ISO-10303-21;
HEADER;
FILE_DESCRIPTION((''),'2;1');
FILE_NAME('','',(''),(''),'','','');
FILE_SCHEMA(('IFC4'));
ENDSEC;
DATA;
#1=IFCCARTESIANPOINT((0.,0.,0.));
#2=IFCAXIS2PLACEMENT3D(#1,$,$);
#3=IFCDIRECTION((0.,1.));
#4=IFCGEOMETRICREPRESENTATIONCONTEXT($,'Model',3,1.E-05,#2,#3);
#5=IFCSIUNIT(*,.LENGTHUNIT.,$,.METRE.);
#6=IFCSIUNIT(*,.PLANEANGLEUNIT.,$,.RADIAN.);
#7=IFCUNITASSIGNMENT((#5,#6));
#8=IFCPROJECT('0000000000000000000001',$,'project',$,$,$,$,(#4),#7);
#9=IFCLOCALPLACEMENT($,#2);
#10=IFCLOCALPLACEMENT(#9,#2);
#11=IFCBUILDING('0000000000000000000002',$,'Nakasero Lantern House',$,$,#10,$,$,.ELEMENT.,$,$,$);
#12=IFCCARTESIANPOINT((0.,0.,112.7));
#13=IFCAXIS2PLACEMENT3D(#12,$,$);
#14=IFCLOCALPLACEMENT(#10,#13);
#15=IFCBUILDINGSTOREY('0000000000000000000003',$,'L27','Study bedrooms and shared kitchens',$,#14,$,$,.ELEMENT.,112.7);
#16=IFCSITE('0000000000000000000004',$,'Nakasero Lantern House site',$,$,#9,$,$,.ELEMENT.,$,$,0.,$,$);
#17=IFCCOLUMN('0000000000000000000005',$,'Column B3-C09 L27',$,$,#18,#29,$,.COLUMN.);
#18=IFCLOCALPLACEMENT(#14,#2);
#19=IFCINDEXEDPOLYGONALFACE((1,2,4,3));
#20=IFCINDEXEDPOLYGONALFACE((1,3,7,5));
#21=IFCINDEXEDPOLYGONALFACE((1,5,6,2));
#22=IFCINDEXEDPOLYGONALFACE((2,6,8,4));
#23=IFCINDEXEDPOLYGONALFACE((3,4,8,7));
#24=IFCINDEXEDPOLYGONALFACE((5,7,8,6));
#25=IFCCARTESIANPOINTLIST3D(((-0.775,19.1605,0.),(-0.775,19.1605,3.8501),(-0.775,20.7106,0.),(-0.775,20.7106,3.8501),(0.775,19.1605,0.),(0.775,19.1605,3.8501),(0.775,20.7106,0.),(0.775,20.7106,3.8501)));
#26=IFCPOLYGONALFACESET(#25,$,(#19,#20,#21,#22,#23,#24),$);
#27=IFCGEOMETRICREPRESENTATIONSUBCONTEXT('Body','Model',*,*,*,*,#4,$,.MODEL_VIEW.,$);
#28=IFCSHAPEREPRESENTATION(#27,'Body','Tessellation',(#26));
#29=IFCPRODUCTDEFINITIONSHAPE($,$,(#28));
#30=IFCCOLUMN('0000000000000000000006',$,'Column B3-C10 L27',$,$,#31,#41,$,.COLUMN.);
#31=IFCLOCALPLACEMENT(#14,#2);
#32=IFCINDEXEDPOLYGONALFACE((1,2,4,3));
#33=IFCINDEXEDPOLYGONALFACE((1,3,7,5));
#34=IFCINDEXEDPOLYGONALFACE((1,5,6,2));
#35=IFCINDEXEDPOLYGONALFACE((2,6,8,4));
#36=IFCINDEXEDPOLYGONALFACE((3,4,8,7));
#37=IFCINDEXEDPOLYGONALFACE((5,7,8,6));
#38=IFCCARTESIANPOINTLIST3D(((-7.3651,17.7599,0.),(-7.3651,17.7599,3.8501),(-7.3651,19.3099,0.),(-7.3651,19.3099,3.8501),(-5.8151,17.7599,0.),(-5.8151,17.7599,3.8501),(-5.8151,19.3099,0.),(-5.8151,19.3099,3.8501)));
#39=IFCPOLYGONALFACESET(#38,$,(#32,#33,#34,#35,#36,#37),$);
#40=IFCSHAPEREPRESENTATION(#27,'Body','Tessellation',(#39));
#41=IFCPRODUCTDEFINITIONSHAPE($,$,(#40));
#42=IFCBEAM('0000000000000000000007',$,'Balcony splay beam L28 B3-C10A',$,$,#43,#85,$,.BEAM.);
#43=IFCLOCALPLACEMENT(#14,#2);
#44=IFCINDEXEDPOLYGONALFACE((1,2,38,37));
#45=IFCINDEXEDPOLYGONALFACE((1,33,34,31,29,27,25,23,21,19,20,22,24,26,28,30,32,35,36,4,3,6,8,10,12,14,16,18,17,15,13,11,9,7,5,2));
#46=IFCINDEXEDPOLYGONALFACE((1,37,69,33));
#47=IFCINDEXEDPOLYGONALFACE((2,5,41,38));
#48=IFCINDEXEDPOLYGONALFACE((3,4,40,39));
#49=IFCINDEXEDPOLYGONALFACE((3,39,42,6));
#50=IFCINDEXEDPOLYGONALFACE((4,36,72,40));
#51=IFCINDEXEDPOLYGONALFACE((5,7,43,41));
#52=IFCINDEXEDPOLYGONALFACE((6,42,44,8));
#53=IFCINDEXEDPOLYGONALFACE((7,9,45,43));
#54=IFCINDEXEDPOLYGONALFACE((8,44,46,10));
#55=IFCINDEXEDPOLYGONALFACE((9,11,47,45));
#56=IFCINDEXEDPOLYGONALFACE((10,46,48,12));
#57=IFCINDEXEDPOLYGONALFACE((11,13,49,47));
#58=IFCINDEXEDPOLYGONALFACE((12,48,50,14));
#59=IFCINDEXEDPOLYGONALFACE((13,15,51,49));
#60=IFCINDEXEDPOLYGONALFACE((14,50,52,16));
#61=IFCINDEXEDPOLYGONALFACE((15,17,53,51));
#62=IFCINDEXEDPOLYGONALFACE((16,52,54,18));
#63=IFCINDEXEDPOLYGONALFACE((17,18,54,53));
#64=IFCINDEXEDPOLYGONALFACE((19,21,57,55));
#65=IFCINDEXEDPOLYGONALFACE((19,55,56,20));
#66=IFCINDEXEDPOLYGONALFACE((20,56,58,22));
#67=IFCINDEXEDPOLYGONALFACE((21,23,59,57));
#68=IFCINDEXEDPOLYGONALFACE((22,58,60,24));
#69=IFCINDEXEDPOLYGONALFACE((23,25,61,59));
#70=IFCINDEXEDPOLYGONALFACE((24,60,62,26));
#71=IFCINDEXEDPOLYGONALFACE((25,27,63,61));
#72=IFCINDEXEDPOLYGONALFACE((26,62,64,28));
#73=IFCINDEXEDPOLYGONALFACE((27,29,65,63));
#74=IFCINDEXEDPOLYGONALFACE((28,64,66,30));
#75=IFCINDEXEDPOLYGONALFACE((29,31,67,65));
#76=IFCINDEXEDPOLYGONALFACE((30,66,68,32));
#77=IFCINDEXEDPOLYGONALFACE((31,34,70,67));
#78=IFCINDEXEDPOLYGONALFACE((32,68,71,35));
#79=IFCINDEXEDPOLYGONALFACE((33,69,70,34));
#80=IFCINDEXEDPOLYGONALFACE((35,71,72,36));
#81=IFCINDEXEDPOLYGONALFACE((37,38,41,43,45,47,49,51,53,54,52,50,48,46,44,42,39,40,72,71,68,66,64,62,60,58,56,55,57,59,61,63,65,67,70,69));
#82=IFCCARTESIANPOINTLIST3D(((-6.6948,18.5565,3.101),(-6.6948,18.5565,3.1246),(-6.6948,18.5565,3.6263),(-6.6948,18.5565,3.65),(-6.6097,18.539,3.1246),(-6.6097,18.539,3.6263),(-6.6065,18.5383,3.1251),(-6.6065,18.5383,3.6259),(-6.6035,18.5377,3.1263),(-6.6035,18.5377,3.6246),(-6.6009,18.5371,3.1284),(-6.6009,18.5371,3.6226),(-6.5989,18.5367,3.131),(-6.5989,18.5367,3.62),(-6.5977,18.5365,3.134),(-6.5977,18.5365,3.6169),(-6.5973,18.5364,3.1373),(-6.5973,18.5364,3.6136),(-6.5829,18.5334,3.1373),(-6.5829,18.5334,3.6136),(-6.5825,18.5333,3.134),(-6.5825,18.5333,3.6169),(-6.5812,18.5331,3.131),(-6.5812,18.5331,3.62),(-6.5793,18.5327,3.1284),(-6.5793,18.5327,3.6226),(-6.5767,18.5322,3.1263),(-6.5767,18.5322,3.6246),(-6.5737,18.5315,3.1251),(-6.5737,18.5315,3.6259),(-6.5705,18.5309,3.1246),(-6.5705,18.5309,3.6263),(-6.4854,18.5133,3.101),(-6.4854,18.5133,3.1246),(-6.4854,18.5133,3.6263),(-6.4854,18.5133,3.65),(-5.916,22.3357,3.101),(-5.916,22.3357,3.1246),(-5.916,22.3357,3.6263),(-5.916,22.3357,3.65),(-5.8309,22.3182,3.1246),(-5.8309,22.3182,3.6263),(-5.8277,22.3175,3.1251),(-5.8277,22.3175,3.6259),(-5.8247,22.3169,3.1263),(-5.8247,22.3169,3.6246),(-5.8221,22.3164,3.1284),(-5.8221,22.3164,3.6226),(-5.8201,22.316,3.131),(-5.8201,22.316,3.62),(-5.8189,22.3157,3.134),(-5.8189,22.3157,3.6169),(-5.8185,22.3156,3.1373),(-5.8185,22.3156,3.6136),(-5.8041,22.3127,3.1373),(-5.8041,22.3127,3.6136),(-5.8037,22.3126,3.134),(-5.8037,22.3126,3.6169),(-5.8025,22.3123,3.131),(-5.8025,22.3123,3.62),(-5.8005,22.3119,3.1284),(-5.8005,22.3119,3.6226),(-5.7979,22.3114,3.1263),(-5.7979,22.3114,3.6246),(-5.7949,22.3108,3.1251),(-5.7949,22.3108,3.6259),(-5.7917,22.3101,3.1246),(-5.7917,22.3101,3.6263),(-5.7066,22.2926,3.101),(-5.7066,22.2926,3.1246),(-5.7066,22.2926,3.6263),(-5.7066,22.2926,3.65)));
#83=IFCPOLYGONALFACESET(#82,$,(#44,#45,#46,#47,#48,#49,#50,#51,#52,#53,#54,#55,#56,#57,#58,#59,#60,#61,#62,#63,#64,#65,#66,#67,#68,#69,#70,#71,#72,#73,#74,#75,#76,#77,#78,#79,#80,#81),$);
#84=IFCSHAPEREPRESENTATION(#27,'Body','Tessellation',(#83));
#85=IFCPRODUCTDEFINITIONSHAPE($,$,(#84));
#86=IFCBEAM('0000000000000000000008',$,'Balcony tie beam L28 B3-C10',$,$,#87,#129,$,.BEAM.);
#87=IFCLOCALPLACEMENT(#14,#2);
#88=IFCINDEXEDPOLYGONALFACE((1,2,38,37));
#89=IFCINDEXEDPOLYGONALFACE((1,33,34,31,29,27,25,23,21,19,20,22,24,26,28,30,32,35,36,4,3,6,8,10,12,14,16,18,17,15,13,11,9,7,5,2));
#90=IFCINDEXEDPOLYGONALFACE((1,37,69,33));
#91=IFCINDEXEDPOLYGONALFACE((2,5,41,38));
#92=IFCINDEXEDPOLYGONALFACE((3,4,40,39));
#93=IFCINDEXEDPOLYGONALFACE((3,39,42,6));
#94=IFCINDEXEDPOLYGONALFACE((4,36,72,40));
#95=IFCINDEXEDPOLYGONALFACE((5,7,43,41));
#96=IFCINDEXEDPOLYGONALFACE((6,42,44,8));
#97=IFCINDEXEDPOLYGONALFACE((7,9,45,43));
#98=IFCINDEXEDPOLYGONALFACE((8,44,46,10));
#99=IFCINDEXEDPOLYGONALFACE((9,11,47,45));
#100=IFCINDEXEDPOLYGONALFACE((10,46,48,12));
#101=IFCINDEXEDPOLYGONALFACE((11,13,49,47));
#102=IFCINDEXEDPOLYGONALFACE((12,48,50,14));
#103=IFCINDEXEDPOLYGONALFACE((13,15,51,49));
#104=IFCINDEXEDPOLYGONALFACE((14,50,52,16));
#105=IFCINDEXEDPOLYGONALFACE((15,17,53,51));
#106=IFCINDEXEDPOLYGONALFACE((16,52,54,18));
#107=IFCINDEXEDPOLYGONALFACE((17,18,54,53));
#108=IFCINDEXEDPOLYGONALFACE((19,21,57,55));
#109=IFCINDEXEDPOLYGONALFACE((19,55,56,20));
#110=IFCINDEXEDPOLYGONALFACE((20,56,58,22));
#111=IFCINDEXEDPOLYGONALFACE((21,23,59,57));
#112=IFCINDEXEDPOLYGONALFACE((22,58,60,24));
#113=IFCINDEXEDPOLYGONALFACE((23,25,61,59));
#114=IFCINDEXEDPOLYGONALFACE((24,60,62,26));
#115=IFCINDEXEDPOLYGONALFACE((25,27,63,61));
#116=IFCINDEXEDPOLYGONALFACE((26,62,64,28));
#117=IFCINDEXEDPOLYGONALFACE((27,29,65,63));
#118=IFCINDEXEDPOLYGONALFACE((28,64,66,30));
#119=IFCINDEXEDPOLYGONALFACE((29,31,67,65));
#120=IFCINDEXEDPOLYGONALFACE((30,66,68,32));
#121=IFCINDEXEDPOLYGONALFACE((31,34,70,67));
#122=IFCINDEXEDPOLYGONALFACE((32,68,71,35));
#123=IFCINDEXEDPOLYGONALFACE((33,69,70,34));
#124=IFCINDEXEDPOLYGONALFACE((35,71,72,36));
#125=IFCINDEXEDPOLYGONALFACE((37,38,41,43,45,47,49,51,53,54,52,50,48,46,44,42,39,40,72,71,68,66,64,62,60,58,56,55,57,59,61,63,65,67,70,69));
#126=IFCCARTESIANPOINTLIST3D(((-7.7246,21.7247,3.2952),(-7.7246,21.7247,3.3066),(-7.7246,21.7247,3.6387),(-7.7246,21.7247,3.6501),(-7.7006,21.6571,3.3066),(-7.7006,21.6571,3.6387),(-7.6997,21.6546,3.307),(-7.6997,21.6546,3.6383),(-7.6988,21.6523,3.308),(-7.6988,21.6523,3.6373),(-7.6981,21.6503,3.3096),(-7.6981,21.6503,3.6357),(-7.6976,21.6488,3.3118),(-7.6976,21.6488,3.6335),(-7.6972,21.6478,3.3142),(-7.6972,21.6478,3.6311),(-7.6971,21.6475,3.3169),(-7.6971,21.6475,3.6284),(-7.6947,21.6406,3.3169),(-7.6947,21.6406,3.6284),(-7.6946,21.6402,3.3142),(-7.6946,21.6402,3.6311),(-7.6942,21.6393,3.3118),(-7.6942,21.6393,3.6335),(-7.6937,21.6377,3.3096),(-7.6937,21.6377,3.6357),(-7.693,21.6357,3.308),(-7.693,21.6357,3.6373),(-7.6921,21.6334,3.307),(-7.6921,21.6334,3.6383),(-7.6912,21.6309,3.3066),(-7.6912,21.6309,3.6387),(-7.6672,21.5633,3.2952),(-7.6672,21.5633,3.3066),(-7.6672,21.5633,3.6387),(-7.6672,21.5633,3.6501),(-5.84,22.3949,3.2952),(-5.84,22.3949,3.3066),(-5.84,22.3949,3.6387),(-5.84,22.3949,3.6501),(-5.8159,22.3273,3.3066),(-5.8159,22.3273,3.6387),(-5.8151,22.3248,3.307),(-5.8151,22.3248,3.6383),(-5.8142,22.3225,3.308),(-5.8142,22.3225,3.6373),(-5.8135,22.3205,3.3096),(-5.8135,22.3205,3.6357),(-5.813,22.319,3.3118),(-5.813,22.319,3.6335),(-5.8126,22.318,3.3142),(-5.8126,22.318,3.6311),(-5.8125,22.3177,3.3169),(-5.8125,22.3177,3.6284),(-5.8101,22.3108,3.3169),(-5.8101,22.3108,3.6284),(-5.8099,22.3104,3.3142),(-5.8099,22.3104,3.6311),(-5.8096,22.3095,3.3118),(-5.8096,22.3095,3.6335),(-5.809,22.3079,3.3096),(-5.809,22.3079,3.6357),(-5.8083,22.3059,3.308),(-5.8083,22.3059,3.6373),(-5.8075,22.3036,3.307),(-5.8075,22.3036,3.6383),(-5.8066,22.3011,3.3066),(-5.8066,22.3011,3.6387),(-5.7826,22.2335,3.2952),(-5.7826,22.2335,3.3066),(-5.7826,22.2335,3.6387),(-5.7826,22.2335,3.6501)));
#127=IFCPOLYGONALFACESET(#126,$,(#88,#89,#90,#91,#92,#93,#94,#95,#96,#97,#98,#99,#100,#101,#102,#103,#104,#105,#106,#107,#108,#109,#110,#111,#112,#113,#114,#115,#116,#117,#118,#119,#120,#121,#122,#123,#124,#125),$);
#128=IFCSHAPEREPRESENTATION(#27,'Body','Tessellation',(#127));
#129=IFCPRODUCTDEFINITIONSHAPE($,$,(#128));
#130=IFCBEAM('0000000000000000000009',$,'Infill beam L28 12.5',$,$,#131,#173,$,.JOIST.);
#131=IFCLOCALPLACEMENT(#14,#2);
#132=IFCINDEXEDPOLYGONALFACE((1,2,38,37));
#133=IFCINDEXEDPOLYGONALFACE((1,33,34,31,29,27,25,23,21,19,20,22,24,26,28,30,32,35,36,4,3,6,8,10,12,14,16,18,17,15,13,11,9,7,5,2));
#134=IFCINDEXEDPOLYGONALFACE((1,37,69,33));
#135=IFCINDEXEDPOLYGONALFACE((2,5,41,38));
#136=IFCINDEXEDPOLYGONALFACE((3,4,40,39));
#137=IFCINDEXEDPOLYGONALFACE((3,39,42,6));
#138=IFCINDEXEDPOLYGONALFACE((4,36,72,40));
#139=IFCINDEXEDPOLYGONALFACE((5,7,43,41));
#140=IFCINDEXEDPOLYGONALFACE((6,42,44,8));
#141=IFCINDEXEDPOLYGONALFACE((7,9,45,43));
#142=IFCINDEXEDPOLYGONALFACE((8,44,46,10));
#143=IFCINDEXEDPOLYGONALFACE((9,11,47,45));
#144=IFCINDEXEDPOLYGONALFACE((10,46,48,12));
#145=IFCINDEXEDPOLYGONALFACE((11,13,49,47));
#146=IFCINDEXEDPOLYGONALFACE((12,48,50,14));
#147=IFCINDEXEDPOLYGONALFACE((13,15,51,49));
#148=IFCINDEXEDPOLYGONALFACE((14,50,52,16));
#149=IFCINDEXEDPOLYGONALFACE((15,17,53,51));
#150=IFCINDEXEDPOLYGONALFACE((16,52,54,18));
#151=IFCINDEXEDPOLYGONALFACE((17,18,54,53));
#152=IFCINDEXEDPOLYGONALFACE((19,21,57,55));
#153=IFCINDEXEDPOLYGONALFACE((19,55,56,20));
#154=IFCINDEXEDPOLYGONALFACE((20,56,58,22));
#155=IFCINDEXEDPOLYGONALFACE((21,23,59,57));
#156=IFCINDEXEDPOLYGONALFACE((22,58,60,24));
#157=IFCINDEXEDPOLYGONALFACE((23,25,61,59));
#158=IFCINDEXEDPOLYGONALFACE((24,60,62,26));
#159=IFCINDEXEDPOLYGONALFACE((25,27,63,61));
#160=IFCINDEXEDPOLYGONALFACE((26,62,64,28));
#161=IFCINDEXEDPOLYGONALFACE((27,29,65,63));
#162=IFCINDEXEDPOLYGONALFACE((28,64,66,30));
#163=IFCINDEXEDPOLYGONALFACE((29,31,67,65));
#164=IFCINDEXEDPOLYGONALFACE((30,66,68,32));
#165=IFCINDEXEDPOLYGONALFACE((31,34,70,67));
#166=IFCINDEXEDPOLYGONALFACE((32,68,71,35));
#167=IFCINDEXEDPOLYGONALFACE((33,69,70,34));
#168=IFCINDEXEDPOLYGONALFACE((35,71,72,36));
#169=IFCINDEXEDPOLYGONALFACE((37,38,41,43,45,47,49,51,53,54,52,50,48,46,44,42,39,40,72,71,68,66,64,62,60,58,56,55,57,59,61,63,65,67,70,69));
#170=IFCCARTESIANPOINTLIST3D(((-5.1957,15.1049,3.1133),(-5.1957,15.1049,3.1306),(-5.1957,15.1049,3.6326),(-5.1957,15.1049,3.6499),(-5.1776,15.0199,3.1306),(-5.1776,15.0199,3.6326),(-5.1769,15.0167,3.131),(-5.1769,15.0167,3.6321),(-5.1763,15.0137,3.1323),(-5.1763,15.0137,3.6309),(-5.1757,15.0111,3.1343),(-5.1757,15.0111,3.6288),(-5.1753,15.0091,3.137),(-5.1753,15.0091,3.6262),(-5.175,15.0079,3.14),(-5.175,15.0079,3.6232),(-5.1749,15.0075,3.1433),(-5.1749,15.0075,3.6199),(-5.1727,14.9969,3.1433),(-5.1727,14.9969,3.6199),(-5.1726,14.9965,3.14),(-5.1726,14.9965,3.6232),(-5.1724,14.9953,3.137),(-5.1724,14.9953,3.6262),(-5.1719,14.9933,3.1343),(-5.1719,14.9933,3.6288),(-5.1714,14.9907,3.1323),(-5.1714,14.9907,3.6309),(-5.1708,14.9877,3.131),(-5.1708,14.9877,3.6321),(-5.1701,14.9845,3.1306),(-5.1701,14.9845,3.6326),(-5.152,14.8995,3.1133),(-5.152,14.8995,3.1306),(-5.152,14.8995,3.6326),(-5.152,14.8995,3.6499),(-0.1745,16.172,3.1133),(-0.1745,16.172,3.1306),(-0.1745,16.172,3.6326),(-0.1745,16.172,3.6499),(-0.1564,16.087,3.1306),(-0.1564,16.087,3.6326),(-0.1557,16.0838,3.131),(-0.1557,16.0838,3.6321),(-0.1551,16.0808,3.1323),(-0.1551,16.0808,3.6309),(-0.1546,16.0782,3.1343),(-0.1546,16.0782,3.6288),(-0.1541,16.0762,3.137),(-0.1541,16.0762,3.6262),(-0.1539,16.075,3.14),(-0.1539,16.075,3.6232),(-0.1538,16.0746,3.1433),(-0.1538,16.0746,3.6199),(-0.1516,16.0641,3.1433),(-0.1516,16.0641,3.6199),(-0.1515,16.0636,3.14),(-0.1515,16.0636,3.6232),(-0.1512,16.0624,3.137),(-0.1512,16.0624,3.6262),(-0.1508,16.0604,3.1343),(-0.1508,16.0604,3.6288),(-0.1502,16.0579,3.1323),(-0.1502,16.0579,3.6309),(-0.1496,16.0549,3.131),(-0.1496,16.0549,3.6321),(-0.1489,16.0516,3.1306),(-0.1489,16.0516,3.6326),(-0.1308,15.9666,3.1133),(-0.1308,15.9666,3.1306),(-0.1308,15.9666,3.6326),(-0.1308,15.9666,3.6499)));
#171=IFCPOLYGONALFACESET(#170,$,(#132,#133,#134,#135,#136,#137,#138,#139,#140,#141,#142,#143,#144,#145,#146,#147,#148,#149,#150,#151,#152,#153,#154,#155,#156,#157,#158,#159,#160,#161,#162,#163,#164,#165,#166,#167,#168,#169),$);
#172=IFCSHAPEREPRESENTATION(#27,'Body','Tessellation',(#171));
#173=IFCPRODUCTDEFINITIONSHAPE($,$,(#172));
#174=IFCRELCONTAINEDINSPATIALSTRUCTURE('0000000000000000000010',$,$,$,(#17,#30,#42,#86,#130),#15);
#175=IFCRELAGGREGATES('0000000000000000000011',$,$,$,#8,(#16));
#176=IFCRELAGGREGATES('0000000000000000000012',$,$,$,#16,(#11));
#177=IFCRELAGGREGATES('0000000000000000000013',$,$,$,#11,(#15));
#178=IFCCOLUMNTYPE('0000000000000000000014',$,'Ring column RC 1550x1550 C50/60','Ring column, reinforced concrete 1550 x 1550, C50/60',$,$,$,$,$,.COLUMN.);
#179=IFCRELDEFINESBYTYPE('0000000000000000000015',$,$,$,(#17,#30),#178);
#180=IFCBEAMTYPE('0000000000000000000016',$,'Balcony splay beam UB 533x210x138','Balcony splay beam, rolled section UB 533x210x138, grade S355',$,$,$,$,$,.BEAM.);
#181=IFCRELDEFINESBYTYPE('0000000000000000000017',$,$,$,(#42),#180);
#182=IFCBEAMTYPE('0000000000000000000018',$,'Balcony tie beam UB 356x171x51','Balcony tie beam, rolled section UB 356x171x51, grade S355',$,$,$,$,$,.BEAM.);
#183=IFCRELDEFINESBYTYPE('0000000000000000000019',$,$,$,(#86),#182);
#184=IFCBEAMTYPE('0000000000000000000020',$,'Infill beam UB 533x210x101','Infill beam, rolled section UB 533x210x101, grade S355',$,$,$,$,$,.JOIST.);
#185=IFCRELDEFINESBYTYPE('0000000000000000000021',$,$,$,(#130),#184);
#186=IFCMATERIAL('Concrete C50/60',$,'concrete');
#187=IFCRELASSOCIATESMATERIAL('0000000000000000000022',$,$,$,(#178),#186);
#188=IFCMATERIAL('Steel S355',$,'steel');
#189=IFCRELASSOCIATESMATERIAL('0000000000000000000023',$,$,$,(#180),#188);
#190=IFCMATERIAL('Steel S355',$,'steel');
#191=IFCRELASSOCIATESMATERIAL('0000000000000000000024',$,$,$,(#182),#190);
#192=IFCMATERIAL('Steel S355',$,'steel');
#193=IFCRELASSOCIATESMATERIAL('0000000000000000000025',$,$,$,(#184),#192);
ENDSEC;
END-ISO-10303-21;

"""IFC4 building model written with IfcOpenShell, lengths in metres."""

from ifc_helpers import new_model, si_unit, direction, frame, origin, origin_2d, place, context, subcontext, project, spatial, rectangle, i_section, extrude, material, material_profile, profile_set, type_object, element, save


model = new_model("IFC4")

# Units and contexts
model_context = context("Model", 3, precision=1e-05, world=origin(), true_north=direction((0.0, 1.0)))
body_context = subcontext(model_context, "Body", "Model", "MODEL_VIEW")
ifc_project = project(units=[si_unit("LENGTHUNIT", "METRE"), si_unit("PLANEANGLEUNIT", "RADIAN")], contexts=[model_context])

# Site, building, storey
site_placement = place(None, origin())
site = spatial("IfcSite", under=ifc_project, at=site_placement, Name="Nakasero Lantern House site", CompositionType="ELEMENT", RefElevation=0.0)
building_placement = place(site_placement, origin())
building = spatial("IfcBuilding", under=site, at=building_placement, Name="Nakasero Lantern House", CompositionType="ELEMENT")
storey_placement = place(building_placement, frame((0.0, 0.0, 112.7)))
storey = spatial("IfcBuildingStorey", under=building, at=storey_placement, Name="L27", Description="Study bedrooms and shared kitchens", CompositionType="ELEMENT", Elevation=112.7)

# Columns
ifc_material_1 = material(Name="Concrete C50/60", Category="concrete")
ifc_material_profile_1 = material_profile(ifc_material_1, rectangle(XDim=1.55, YDim=1.55, at=origin_2d()), Name="RC 1550x1550")
ifc_profile_set_1 = profile_set([ifc_material_profile_1], Name="Concrete C50/60")
column_type = type_object("IfcColumnType", Name="Ring column RC 1550x1550 C50/60", Description="Ring column, reinforced concrete 1550 x 1550, C50/60", PredefinedType="COLUMN", material=ifc_profile_set_1)
for number, where, z_axis, x_axis, name in (
    (1, (0.0, 19.9355, 0.0), (0.0, 0.0, 1.0), (1.0, 0.0, 0.0), "Column B3-C09 L27"),
    (2, (-6.5901, 18.5349, 0.0), (0.0, 0.0, 1.0), (1.0, 0.0, 0.0), "Column B3-C10 L27"),
):
    element("IfcColumn", number, at=place(storey_placement, frame(where, z_axis=z_axis, x_axis=x_axis)), inside=storey, type_object=column_type, Name=name, PredefinedType="COLUMN", context=body_context, shape_type="SweptSolid", body=[
        extrude(rectangle(XDim=1.55, YDim=1.55, at=origin_2d()), origin(), (0.0, 0.0, 1.0), 3.8501),
    ])

# Beams
ifc_material_2 = material(Name="Steel S355", Category="steel")
ifc_material_profile_2 = material_profile(ifc_material_2, i_section(OverallWidth=0.2139, OverallDepth=0.5491, WebThickness=0.0146, FlangeThickness=0.0237, FilletRadius=0.0127, at=origin_2d()), Name="UB 533x210x138")
ifc_profile_set_2 = profile_set([ifc_material_profile_2], Name="Steel S355")
beam_type_1 = type_object("IfcBeamType", Name="Balcony splay beam UB 533x210x138", Description="Balcony splay beam, rolled section UB 533x210x138, grade S355", PredefinedType="BEAM", material=ifc_profile_set_2)
beam_1_placement = place(storey_placement, frame((-6.5901, 18.5349, 3.3755), z_axis=(0.201831, 0.97942, 0.0), x_axis=(-0.97942, 0.201831, 0.0)))
element("IfcBeam", 3, at=beam_1_placement, inside=storey, type_object=beam_type_1, Name="Balcony splay beam L28 B3-C10A", PredefinedType="BEAM", context=body_context, shape_type="SweptSolid", body=[
    extrude(i_section(OverallWidth=0.2139, OverallDepth=0.5491, WebThickness=0.0146, FlangeThickness=0.0237, FilletRadius=0.0127, at=origin_2d()), origin(), (0.0, 0.0, 1.0), 3.8586),
])
ifc_material_3 = material(Name="Steel S355", Category="steel")
ifc_material_profile_3 = material_profile(ifc_material_3, i_section(OverallWidth=0.1714, OverallDepth=0.355, WebThickness=0.0073, FlangeThickness=0.0115, FilletRadius=0.0103, at=origin_2d()), Name="UB 356x171x51")
ifc_profile_set_3 = profile_set([ifc_material_profile_3], Name="Steel S355")
beam_type_2 = type_object("IfcBeamType", Name="Balcony tie beam UB 356x171x51", Description="Balcony tie beam, rolled section UB 356x171x51, grade S355", PredefinedType="BEAM", material=ifc_profile_set_3)
beam_2_placement = place(storey_placement, frame((-5.8113, 22.3142, 3.4727), z_axis=(-0.942197, -0.33506, 0.0), x_axis=(0.33506, -0.942197, 0.0)))
element("IfcBeam", 4, at=beam_2_placement, inside=storey, type_object=beam_type_2, Name="Balcony tie beam L28 B3-C10", PredefinedType="BEAM", context=body_context, shape_type="SweptSolid", body=[
    extrude(i_section(OverallWidth=0.1714, OverallDepth=0.355, WebThickness=0.0073, FlangeThickness=0.0115, FilletRadius=0.0103, at=origin_2d()), origin(), (0.0, 0.0, 1.0), 2.0002),
])
ifc_material_4 = material(Name="Steel S355", Category="steel")
ifc_material_profile_4 = material_profile(ifc_material_4, i_section(OverallWidth=0.21, OverallDepth=0.5366, WebThickness=0.0107, FlangeThickness=0.0173, FilletRadius=0.0127, at=origin_2d()), Name="UB 533x210x101")
ifc_profile_set_4 = profile_set([ifc_material_profile_4], Name="Steel S355")
beam_type_3 = type_object("IfcBeamType", Name="Infill beam UB 533x210x101", Description="Infill beam, rolled section UB 533x210x101, grade S355", PredefinedType="JOIST", material=ifc_profile_set_4)
beam_3_placement = place(storey_placement, frame((-5.1738, 15.0022, 3.3816), z_axis=(0.978154, 0.207882, 0.0), x_axis=(-0.207882, 0.978154, 0.0)))
element("IfcBeam", 5, at=beam_3_placement, inside=storey, type_object=beam_type_3, Name="Infill beam L28 12.5", PredefinedType="JOIST", context=body_context, shape_type="SweptSolid", body=[
    extrude(i_section(OverallWidth=0.21, OverallDepth=0.5366, WebThickness=0.0107, FlangeThickness=0.0173, FilletRadius=0.0127, at=origin_2d()), origin(), (0.0, 0.0, 1.0), 5.1333),
])

save(model, "model.ifc")
